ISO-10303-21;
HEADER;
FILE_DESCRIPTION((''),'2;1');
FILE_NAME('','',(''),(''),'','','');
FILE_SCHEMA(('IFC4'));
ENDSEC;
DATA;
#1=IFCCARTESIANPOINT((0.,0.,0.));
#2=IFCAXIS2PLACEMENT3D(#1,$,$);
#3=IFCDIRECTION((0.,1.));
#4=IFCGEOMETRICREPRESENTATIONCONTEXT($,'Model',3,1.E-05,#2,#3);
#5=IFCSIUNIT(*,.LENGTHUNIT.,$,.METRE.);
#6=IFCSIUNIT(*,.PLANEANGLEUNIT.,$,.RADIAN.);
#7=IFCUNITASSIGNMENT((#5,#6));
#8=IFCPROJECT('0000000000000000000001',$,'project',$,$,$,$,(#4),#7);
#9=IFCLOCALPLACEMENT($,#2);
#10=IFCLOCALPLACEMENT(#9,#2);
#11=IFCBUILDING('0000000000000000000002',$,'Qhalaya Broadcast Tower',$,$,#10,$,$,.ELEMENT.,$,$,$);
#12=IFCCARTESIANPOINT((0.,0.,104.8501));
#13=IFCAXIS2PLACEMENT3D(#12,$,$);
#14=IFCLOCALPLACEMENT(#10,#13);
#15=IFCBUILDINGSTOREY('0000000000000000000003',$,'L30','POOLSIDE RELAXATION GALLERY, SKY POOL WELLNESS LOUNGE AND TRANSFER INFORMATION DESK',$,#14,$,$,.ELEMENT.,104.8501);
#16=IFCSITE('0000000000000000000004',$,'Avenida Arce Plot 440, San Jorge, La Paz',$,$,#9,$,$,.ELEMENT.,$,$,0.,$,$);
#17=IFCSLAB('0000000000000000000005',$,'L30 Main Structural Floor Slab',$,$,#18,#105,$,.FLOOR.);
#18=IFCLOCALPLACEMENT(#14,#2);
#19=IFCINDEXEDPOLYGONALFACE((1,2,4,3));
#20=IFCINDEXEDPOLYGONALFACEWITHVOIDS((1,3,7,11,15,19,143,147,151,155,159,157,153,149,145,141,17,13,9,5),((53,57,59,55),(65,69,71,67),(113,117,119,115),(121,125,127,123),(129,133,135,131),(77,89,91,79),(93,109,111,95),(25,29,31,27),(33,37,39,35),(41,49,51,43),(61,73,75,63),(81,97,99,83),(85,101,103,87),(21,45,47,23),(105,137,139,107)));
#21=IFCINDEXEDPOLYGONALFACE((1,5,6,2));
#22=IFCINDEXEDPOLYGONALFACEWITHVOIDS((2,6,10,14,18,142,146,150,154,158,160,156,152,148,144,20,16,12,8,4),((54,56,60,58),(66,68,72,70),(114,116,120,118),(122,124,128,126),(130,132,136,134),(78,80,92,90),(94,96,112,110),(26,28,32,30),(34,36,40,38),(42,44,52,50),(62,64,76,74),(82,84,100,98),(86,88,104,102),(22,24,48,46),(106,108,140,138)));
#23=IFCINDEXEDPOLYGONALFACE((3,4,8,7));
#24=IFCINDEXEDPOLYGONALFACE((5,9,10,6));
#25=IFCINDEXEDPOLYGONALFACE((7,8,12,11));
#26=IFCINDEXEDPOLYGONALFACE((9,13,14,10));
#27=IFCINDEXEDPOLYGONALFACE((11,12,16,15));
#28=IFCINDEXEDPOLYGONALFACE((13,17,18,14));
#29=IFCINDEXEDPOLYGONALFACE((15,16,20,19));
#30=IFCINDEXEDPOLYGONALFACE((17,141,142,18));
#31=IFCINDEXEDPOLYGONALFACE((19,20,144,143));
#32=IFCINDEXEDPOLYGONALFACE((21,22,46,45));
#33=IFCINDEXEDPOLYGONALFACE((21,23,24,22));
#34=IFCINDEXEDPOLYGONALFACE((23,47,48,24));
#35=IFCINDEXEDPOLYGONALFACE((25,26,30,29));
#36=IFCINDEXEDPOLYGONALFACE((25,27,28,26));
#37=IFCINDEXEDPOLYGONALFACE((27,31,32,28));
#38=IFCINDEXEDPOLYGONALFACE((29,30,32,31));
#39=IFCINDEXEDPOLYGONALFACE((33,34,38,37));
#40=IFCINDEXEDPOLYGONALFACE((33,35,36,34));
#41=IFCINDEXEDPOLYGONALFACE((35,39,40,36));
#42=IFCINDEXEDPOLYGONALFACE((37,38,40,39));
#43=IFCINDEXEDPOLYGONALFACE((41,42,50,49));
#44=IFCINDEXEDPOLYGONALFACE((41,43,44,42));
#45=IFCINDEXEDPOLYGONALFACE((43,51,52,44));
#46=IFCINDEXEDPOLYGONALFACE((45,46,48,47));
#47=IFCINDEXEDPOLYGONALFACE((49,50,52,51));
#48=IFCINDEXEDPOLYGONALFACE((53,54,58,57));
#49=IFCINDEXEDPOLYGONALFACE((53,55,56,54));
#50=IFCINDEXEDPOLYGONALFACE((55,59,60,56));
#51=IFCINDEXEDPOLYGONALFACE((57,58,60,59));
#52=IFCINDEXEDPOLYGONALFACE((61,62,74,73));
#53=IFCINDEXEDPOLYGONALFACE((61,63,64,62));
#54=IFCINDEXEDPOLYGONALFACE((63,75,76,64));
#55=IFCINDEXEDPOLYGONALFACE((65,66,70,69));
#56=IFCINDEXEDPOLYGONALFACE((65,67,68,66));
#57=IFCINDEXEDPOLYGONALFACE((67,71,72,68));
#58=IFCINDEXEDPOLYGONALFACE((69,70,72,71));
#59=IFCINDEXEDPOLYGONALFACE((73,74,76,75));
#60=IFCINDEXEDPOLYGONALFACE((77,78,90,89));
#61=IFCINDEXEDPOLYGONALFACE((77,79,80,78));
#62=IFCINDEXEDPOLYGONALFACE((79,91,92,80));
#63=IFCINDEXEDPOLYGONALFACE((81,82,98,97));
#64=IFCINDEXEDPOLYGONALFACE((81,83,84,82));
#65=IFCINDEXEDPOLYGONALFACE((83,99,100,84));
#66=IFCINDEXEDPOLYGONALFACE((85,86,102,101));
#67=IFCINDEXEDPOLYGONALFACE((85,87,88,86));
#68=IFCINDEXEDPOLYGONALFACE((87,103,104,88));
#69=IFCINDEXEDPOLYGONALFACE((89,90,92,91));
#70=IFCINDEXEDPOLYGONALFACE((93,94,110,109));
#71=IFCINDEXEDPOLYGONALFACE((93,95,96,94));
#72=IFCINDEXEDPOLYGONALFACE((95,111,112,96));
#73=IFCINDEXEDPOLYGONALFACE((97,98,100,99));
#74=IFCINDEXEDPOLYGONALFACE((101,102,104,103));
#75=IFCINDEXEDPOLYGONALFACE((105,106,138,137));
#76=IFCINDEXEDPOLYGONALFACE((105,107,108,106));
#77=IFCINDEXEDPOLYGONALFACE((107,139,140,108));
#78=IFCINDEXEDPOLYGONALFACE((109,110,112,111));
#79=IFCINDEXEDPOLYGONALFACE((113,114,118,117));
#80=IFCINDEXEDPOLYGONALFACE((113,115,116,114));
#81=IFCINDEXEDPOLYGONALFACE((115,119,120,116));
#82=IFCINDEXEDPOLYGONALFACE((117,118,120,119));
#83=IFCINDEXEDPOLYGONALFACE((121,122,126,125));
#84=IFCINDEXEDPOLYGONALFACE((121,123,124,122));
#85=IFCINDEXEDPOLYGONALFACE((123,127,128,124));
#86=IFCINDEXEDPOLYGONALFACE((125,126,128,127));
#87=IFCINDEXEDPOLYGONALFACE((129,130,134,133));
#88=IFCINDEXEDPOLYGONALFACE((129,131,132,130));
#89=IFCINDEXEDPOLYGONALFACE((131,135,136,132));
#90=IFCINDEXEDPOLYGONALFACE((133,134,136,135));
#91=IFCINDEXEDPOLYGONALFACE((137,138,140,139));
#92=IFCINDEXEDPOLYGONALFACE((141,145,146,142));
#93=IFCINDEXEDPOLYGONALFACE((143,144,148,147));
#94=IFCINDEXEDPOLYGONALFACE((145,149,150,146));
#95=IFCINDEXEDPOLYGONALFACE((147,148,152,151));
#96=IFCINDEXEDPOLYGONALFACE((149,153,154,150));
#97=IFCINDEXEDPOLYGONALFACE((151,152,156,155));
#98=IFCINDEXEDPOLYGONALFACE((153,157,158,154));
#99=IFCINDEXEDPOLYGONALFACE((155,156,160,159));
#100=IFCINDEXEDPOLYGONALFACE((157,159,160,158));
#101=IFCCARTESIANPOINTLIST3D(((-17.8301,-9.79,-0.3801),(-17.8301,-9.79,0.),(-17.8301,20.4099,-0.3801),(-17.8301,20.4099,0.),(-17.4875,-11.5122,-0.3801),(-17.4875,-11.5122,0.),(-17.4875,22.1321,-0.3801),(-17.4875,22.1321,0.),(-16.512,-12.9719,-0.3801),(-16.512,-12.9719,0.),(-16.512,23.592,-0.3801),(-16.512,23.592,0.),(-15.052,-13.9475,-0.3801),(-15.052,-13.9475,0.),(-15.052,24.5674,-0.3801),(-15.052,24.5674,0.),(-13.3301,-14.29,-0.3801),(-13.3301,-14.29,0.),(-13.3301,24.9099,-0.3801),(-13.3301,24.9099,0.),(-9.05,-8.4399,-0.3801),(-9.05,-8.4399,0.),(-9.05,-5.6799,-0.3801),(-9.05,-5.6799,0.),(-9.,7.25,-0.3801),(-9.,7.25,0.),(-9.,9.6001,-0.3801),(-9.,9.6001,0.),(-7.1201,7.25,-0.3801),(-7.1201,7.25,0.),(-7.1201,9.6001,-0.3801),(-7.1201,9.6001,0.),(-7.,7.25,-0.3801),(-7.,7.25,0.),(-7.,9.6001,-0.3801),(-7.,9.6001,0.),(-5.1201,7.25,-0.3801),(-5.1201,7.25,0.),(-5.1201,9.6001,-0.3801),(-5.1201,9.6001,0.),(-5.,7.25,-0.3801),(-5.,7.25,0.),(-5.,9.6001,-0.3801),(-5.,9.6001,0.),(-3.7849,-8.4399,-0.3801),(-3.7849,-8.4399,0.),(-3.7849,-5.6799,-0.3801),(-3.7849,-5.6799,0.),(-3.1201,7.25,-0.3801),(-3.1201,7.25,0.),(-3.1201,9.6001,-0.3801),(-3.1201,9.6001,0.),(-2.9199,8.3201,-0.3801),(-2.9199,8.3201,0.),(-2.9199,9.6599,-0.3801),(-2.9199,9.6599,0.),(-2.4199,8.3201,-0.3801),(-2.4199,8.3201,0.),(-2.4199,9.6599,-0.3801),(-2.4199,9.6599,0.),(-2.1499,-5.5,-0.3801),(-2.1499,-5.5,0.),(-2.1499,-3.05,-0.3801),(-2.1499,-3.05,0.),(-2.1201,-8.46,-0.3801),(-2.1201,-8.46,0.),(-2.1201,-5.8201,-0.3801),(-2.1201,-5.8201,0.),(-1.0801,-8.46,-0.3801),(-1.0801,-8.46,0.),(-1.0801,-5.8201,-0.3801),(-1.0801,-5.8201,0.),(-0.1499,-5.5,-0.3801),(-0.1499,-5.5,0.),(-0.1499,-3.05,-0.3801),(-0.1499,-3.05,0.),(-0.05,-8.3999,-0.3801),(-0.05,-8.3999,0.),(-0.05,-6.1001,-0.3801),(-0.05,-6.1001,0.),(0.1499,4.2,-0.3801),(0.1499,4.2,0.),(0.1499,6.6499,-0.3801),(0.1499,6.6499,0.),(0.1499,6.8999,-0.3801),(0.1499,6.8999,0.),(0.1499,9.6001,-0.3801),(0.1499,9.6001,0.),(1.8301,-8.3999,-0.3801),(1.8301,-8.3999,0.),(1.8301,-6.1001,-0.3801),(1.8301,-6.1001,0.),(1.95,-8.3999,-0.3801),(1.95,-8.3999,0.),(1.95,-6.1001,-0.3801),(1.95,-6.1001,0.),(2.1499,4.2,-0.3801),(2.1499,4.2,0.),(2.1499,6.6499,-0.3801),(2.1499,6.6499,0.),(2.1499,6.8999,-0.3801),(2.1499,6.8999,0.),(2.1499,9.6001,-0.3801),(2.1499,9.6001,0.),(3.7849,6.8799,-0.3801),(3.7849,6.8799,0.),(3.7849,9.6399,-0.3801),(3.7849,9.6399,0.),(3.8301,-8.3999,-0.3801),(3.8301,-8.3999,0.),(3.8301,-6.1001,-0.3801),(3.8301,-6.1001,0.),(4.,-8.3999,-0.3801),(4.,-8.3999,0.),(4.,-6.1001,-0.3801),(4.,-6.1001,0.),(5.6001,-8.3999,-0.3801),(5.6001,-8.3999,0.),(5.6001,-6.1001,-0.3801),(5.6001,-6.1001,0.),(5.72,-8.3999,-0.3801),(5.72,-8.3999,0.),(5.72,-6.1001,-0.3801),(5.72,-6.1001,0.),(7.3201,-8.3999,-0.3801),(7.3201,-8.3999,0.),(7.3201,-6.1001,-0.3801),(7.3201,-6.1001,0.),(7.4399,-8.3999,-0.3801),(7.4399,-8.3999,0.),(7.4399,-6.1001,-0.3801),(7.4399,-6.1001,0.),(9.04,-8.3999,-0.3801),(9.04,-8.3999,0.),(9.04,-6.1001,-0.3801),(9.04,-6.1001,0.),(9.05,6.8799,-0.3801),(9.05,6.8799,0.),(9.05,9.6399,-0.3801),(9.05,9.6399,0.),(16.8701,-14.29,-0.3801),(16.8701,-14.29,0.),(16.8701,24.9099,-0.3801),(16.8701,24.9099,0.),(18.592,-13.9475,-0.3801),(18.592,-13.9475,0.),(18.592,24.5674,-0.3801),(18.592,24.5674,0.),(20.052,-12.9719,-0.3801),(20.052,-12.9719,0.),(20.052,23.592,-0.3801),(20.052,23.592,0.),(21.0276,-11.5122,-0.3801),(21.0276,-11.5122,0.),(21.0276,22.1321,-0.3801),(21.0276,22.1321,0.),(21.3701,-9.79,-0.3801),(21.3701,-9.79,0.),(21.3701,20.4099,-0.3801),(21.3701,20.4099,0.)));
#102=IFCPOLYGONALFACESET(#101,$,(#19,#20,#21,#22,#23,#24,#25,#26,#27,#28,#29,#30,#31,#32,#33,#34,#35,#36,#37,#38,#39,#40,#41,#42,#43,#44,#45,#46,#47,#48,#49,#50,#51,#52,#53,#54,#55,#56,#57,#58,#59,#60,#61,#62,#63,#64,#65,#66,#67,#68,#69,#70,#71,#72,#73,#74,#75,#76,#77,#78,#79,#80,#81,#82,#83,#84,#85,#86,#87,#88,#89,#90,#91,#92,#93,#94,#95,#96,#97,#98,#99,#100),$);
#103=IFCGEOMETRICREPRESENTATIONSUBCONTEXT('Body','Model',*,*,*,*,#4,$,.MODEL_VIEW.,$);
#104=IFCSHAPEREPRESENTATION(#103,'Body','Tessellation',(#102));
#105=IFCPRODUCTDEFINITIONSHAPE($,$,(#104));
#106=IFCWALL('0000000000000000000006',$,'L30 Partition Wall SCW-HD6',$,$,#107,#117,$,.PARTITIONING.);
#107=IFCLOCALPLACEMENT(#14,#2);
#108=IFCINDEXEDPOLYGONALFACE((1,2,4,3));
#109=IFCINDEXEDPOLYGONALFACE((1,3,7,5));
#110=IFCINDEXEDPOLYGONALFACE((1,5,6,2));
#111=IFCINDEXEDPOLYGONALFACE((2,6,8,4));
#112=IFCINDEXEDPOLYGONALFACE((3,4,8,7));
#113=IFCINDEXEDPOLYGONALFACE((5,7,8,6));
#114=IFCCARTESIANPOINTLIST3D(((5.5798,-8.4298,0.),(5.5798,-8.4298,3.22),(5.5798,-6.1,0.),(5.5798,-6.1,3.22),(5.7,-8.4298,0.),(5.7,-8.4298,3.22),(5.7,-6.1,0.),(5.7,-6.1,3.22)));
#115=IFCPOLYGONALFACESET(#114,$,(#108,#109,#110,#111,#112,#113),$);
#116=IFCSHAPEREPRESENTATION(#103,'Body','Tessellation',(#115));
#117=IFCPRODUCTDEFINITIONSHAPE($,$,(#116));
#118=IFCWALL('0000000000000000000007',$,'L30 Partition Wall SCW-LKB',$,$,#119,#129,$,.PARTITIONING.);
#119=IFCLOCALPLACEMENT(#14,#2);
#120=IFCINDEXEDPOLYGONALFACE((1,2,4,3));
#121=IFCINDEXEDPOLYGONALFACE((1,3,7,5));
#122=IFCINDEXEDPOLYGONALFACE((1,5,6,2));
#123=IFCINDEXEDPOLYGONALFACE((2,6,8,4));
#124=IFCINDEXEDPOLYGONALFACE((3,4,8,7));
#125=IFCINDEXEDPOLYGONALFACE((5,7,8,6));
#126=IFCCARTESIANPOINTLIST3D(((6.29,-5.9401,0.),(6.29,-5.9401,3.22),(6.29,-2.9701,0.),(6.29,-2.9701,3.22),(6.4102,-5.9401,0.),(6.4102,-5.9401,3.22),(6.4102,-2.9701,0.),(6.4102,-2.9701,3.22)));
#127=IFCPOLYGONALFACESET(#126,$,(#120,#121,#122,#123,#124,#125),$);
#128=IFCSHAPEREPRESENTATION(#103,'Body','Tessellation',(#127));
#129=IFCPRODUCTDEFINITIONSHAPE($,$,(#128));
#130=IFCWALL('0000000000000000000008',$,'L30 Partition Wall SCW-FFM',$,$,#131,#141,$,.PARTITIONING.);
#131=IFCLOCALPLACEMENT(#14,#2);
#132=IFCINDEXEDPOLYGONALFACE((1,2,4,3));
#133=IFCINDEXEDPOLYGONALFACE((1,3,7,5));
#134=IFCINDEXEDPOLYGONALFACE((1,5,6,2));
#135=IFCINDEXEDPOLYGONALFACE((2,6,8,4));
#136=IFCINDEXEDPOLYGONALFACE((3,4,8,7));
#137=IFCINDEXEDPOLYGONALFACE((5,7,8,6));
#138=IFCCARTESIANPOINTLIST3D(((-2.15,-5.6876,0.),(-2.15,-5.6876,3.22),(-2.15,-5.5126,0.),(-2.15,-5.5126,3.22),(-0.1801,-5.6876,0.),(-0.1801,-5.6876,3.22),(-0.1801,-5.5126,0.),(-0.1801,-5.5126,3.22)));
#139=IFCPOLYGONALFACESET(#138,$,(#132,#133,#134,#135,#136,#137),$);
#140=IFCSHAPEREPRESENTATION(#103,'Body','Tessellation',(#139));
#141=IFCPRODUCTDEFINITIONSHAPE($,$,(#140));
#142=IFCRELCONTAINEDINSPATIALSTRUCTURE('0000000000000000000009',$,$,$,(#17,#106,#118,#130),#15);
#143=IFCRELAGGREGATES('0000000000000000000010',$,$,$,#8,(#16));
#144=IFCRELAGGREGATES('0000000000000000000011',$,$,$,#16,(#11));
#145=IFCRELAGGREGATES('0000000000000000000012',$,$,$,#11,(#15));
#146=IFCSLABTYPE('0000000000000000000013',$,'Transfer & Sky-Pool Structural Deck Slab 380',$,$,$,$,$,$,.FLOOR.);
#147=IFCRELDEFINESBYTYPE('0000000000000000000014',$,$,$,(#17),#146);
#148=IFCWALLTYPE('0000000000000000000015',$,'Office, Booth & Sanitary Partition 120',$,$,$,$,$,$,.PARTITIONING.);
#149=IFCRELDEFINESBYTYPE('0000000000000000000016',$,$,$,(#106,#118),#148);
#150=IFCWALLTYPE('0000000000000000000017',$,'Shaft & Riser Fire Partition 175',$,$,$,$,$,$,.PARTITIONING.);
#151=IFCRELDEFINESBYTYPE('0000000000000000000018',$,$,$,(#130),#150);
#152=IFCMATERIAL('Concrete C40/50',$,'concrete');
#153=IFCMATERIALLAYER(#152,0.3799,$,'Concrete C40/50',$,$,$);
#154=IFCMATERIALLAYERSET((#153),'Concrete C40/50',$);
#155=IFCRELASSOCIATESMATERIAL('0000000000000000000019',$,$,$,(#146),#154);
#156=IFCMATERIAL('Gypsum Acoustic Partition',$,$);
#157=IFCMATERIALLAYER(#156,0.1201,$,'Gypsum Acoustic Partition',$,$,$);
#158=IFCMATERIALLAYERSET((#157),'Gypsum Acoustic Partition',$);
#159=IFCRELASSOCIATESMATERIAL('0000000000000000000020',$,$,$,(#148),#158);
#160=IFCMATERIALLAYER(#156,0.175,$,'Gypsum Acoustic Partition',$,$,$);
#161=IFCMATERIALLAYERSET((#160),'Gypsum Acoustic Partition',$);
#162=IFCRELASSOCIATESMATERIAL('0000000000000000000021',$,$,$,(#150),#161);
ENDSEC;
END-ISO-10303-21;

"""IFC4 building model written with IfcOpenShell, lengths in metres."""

from ifc_helpers import new_model, si_unit, direction, frame, frame_2d, origin, place, context, subcontext, project, spatial, polyline, rectangle, outline, extrude, material, layer, layer_set, type_object, element, save


model = new_model("IFC4")

# Units and contexts
model_context = context("Model", 3, precision=1e-05, world=origin(), true_north=direction((0.0, 1.0)))
body_context = subcontext(model_context, "Body", "Model", "MODEL_VIEW")
ifc_project = project(units=[si_unit("LENGTHUNIT", "METRE"), si_unit("PLANEANGLEUNIT", "RADIAN")], contexts=[model_context])

# Site, building, storey
site_placement = place(None, origin())
site = spatial("IfcSite", under=ifc_project, at=site_placement, Name="Avenida Arce Plot 440, San Jorge, La Paz", CompositionType="ELEMENT", RefElevation=0.0)
building_placement = place(site_placement, origin())
building = spatial("IfcBuilding", under=site, at=building_placement, Name="Qhalaya Broadcast Tower", CompositionType="ELEMENT")
storey_placement = place(building_placement, frame((0.0, 0.0, 104.8501)))
storey = spatial("IfcBuildingStorey", under=building, at=storey_placement, Name="L30", Description="POOLSIDE RELAXATION GALLERY, SKY POOL WELLNESS LOUNGE AND TRANSFER INFORMATION DESK", CompositionType="ELEMENT", Elevation=104.8501)

# Shared definitions
ifc_material_1 = material(Name="Concrete C40/50", Category="concrete")

# Slab
ifc_layer_1 = layer(ifc_material_1, 0.3799, Name="Concrete C40/50")
ifc_layer_set_1 = layer_set([ifc_layer_1], Name="Concrete C40/50")
slab_type_1 = type_object("IfcSlabType", Name="Transfer & Sky-Pool Structural Deck Slab 380", PredefinedType="FLOOR", material=ifc_layer_set_1)
slab_1_placement = place(storey_placement, frame((0.0, 0.0, -0.3801)))
element("IfcSlab", 1, at=slab_1_placement, inside=storey, type_object=slab_type_1, Name="L30 Main Structural Floor Slab", PredefinedType="FLOOR", context=body_context, shape_type="SweptSolid", body=[
    extrude(outline(polyline([(16.8701, -14.29), (18.592, -13.9475), (20.052, -12.9719), (21.0276, -11.5122), (21.3701, -9.79), (21.3701, 20.4099), (21.0276, 22.1321), (20.052, 23.592), (18.592, 24.5674), (16.8701, 24.9099), (-13.3301, 24.9099), (-15.052, 24.5674), (-16.512, 23.592), (-17.4875, 22.1321), (-17.8301, 20.4099), (-17.8301, -9.79), (-17.4875, -11.5122), (-16.512, -12.9719), (-15.052, -13.9475), (-13.3301, -14.29), (16.8701, -14.29)]), holes=[polyline([(3.7849, 9.6399), (9.05, 9.6399), (9.05, 6.8799), (3.7849, 6.8799), (3.7849, 9.6399)]), polyline([(-3.7849, -8.4399), (-9.05, -8.4399), (-9.05, -5.6799), (-3.7849, -5.6799), (-3.7849, -8.4399)]), polyline([(0.1499, 6.6499), (2.1499, 6.6499), (2.1499, 4.2), (0.1499, 4.2), (0.1499, 6.6499)]), polyline([(0.1499, 9.6001), (2.1499, 9.6001), (2.1499, 6.8999), (0.1499, 6.8999), (0.1499, 9.6001)]), polyline([(-2.1499, -3.05), (-0.1499, -3.05), (-0.1499, -5.5), (-2.1499, -5.5), (-2.1499, -3.05)]), polyline([(-9.0, 9.6001), (-7.1201, 9.6001), (-7.1201, 7.25), (-9.0, 7.25), (-9.0, 9.6001)]), polyline([(-7.0, 9.6001), (-5.1201, 9.6001), (-5.1201, 7.25), (-7.0, 7.25), (-7.0, 9.6001)]), polyline([(-5.0, 9.6001), (-3.1201, 9.6001), (-3.1201, 7.25), (-5.0, 7.25), (-5.0, 9.6001)]), polyline([(-0.05, -6.1001), (1.8301, -6.1001), (1.8301, -8.3999), (-0.05, -8.3999), (-0.05, -6.1001)]), polyline([(1.95, -6.1001), (3.8301, -6.1001), (3.8301, -8.3999), (1.95, -8.3999), (1.95, -6.1001)]), polyline([(4.0, -6.1001), (5.6001, -6.1001), (5.6001, -8.3999), (4.0, -8.3999), (4.0, -6.1001)]), polyline([(5.72, -6.1001), (7.3201, -6.1001), (7.3201, -8.3999), (5.72, -8.3999), (5.72, -6.1001)]), polyline([(7.4399, -6.1001), (9.04, -6.1001), (9.04, -8.3999), (7.4399, -8.3999), (7.4399, -6.1001)]), polyline([(-2.9199, 9.6599), (-2.4199, 9.6599), (-2.4199, 8.3201), (-2.9199, 8.3201), (-2.9199, 9.6599)]), polyline([(-2.1201, -5.8201), (-1.0801, -5.8201), (-1.0801, -8.46), (-2.1201, -8.46), (-2.1201, -5.8201)])]), origin(), (0.0, 0.0, 1.0), 0.3801),
])

# Walls
ifc_material_2 = material(Name="Gypsum Acoustic Partition")
ifc_layer_2 = layer(ifc_material_2, 0.1201, Name="Gypsum Acoustic Partition")
ifc_layer_set_2 = layer_set([ifc_layer_2], Name="Gypsum Acoustic Partition")
wall_type_1 = type_object("IfcWallType", Name="Office, Booth & Sanitary Partition 120", PredefinedType="PARTITIONING", material=ifc_layer_set_2)
wall_1_placement = place(storey_placement, frame((5.6399, -8.4299, 0.0), z_axis=(0.0, 0.0, 1.0), x_axis=(0.0, 1.0, 0.0)))
element("IfcWall", 2, at=wall_1_placement, inside=storey, type_object=wall_type_1, Name="L30 Partition Wall SCW-HD6", PredefinedType="PARTITIONING", context=body_context, shape_type="SweptSolid", body=[
    extrude(rectangle(XDim=2.3298, YDim=0.1201, at=frame_2d((1.165, 0.0))), origin(), (0.0, 0.0, 1.0), 3.22),
])
wall_2_placement = place(storey_placement, frame((6.3501, -5.9399, 0.0), z_axis=(0.0, 0.0, 1.0), x_axis=(0.0, 1.0, 0.0)))
element("IfcWall", 3, at=wall_2_placement, inside=storey, type_object=wall_type_1, Name="L30 Partition Wall SCW-LKB", PredefinedType="PARTITIONING", context=body_context, shape_type="SweptSolid", body=[
    extrude(rectangle(XDim=2.97, YDim=0.1201, at=frame_2d((1.4849, 0.0))), origin(), (0.0, 0.0, 1.0), 3.22),
])
ifc_layer_3 = layer(ifc_material_2, 0.175, Name="Gypsum Acoustic Partition")
ifc_layer_set_3 = layer_set([ifc_layer_3], Name="Gypsum Acoustic Partition")
wall_type_2 = type_object("IfcWallType", Name="Shaft & Riser Fire Partition 175", PredefinedType="PARTITIONING", material=ifc_layer_set_3)
wall_3_placement = place(storey_placement, frame((-2.1499, -5.6001, 0.0), z_axis=(0.0, 0.0, 1.0), x_axis=(1.0, 0.0, 0.0)))
element("IfcWall", 4, at=wall_3_placement, inside=storey, type_object=wall_type_2, Name="L30 Partition Wall SCW-FFM", PredefinedType="PARTITIONING", context=body_context, shape_type="SweptSolid", body=[
    extrude(rectangle(XDim=1.97, YDim=0.175, at=frame_2d((0.9849, 0.0))), origin(), (0.0, 0.0, 1.0), 3.22),
])

save(model, "model.ifc")
